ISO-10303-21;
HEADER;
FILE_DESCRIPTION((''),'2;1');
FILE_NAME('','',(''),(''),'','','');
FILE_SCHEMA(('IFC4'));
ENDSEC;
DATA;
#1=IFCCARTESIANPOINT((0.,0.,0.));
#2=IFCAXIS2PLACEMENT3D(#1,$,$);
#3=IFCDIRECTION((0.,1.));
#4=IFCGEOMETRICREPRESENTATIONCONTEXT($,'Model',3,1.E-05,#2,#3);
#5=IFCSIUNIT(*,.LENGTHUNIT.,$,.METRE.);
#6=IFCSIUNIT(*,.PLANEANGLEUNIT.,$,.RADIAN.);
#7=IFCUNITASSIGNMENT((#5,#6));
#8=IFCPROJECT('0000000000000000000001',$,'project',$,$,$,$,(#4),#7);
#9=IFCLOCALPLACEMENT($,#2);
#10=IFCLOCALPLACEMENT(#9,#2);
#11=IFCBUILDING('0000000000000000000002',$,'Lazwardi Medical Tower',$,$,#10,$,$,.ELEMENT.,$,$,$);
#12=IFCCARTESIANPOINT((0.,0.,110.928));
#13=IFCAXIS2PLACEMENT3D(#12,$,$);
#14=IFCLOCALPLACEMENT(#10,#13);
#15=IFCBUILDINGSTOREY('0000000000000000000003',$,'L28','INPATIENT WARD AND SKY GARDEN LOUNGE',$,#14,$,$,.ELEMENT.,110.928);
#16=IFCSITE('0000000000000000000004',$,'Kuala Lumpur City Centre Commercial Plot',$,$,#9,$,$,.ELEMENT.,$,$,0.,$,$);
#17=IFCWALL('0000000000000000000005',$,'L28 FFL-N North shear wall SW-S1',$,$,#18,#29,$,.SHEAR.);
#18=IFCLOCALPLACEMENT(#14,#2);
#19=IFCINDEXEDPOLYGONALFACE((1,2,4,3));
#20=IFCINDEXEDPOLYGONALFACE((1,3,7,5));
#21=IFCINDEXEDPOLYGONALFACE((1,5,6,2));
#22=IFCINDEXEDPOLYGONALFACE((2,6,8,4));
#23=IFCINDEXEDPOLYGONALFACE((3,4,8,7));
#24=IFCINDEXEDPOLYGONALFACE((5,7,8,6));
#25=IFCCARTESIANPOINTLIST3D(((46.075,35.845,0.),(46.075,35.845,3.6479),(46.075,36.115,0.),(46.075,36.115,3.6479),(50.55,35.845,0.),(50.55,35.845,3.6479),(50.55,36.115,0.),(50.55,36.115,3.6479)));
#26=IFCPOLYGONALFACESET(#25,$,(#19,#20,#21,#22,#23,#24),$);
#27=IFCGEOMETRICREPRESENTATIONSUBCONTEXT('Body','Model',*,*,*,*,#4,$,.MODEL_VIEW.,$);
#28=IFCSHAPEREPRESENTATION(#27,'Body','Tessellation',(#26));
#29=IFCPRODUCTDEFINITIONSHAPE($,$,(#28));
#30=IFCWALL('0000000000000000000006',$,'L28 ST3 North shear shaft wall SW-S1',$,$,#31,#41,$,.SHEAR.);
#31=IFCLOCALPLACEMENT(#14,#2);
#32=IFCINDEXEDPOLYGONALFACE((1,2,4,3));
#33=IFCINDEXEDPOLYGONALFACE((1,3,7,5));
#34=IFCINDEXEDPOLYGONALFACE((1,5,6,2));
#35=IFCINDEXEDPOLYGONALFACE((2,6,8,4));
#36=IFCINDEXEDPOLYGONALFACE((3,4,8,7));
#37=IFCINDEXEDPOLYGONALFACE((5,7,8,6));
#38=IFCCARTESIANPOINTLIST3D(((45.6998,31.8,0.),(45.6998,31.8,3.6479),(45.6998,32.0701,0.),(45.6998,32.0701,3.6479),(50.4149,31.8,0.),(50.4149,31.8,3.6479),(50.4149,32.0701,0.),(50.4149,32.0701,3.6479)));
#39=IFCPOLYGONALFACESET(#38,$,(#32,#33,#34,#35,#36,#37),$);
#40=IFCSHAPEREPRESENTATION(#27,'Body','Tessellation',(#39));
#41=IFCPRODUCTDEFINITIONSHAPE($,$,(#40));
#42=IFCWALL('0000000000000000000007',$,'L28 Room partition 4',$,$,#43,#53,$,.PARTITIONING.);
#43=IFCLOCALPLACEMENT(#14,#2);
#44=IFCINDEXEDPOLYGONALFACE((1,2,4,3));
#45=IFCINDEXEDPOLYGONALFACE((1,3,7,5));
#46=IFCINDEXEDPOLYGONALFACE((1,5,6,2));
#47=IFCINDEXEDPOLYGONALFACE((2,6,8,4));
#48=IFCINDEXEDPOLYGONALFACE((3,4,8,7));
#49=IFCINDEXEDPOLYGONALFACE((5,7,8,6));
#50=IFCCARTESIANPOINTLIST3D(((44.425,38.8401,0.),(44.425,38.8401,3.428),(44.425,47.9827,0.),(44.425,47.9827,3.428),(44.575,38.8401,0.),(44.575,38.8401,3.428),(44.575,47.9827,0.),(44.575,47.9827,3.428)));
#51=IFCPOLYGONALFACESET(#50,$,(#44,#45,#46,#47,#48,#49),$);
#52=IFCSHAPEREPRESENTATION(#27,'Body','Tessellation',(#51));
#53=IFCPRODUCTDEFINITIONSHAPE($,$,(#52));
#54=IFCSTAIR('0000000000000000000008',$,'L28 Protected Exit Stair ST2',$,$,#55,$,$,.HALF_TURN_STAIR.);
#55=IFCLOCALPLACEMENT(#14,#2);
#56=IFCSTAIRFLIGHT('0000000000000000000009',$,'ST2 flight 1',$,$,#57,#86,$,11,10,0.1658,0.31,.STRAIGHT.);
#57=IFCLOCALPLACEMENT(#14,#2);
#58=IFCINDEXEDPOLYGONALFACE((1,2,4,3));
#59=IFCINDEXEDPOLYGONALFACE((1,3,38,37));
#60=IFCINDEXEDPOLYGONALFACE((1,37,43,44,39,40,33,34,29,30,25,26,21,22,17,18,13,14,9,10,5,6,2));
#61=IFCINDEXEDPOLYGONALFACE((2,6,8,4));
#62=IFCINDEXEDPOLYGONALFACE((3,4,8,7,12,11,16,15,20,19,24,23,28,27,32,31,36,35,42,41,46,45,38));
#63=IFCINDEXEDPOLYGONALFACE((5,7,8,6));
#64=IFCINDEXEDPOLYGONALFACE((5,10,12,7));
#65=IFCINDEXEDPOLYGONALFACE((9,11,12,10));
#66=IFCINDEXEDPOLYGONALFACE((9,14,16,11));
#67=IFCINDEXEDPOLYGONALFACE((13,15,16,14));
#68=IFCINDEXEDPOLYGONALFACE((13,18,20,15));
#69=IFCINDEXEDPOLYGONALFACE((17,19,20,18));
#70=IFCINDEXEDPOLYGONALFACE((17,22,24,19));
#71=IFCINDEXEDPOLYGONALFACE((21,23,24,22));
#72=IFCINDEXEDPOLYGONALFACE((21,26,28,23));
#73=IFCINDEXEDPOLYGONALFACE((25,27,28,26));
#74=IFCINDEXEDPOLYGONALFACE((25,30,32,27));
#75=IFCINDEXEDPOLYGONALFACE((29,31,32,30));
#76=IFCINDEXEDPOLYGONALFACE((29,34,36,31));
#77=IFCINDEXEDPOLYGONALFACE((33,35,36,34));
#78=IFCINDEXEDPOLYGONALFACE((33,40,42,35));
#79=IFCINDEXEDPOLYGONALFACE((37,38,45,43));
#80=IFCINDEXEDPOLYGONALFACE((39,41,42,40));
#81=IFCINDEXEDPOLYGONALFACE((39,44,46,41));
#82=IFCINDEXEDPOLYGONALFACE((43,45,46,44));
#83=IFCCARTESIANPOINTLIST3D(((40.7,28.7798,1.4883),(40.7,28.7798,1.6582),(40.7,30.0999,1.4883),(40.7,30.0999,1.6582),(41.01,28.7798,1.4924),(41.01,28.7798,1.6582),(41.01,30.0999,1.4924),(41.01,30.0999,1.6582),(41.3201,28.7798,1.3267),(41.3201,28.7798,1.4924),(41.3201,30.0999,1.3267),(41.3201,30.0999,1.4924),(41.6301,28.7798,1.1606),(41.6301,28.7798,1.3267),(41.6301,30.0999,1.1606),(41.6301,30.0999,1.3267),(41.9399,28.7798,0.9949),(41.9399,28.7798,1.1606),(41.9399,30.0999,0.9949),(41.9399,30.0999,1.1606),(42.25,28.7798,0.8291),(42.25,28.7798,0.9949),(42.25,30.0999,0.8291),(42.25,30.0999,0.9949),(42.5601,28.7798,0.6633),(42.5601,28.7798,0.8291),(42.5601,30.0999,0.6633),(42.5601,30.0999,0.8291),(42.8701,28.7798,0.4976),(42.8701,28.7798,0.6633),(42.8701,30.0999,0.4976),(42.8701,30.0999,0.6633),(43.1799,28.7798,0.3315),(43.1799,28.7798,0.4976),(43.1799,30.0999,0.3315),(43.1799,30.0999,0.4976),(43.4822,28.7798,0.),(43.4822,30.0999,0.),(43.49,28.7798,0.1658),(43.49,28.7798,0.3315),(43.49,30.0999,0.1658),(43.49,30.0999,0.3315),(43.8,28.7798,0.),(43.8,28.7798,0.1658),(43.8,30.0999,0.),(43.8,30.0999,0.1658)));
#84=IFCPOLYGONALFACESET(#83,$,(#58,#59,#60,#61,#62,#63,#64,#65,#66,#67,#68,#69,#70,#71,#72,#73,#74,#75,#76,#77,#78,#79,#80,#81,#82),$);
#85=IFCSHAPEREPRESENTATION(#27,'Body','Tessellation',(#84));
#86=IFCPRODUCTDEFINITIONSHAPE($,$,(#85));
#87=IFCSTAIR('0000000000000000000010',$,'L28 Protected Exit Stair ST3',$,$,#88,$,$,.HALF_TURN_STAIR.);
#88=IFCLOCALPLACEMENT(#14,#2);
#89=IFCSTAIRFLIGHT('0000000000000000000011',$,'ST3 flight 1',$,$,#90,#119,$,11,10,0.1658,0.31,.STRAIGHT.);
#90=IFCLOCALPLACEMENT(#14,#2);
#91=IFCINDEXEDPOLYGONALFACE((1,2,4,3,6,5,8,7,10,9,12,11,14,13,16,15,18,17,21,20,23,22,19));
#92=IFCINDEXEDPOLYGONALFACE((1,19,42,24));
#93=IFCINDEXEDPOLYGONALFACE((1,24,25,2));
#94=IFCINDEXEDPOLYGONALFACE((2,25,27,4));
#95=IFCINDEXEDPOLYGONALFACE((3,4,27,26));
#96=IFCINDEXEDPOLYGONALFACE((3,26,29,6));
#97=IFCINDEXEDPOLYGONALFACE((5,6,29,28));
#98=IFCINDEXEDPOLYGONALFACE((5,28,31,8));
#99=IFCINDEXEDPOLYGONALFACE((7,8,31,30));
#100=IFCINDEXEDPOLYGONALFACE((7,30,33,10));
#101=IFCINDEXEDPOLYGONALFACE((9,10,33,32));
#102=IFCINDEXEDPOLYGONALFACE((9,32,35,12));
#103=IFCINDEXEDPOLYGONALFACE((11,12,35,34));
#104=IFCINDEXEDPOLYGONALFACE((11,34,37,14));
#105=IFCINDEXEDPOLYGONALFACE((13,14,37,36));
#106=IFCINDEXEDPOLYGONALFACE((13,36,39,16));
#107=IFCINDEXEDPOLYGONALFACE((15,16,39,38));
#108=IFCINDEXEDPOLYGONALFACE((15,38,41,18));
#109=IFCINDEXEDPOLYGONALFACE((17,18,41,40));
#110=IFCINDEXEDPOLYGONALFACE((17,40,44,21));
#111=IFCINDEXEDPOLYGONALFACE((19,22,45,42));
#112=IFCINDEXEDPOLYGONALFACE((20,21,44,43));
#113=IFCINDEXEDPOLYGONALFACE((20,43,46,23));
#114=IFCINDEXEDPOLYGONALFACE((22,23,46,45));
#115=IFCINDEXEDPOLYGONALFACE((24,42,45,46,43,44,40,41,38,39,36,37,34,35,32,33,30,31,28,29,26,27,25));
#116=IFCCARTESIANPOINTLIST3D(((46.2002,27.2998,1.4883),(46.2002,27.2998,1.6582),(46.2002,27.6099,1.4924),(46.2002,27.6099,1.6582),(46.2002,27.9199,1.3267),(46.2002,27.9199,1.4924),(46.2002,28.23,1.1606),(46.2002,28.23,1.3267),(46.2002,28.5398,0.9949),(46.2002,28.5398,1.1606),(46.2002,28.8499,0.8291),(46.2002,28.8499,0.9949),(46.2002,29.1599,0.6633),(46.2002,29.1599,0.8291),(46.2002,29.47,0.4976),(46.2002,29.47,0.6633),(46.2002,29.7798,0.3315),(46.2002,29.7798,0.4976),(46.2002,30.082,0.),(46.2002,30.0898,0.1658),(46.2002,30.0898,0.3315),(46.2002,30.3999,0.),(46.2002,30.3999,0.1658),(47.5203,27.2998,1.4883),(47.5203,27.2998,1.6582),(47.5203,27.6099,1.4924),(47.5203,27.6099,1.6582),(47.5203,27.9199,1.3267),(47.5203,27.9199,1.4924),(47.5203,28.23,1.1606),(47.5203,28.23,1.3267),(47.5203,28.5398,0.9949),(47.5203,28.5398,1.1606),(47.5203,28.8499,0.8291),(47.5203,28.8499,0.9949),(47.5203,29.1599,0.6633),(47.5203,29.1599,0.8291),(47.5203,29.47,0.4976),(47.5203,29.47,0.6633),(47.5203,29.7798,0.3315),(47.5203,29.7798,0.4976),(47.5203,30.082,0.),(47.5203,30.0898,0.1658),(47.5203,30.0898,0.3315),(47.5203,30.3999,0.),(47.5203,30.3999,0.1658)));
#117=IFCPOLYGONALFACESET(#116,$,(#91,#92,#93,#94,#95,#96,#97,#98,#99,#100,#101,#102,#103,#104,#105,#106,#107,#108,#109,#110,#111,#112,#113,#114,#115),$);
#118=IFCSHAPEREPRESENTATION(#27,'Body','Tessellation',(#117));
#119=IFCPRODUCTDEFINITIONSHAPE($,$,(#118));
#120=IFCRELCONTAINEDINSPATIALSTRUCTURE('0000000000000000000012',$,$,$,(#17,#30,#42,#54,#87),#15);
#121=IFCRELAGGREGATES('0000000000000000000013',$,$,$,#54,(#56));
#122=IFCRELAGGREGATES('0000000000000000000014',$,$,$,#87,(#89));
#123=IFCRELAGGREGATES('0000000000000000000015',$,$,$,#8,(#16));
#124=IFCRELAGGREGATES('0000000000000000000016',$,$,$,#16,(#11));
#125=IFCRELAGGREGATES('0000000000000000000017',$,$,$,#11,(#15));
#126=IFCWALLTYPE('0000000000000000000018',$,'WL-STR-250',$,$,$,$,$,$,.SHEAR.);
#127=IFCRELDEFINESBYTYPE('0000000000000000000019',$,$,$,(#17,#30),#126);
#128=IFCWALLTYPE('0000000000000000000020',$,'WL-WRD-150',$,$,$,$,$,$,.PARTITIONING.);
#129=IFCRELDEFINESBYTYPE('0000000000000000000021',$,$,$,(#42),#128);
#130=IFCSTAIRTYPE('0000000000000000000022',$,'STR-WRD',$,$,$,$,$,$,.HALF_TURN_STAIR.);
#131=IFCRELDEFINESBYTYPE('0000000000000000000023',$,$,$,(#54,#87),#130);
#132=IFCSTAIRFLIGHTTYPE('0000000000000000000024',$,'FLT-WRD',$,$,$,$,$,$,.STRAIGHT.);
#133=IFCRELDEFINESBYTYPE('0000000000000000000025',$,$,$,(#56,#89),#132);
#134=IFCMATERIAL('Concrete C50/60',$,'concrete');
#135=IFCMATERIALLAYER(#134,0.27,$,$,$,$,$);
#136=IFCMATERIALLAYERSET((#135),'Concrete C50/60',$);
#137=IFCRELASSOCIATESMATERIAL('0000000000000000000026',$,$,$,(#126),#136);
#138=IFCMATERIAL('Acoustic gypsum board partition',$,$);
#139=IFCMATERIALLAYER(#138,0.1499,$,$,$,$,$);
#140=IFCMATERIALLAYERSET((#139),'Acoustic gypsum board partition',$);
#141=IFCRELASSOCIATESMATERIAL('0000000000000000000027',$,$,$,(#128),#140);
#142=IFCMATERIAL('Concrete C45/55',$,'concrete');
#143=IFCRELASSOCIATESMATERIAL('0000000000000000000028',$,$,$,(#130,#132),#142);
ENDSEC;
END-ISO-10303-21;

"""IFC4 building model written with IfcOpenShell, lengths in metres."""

from ifc_helpers import new_model, si_unit, direction, frame, frame_2d, origin, place, context, subcontext, project, spatial, polyline, rectangle, outline, extrude, material, layer, layer_set, type_object, element, aggregate, save


model = new_model("IFC4")

# Units and contexts
model_context = context("Model", 3, precision=1e-05, world=origin(), true_north=direction((0.0, 1.0)))
body_context = subcontext(model_context, "Body", "Model", "MODEL_VIEW")
ifc_project = project(units=[si_unit("LENGTHUNIT", "METRE"), si_unit("PLANEANGLEUNIT", "RADIAN")], contexts=[model_context])

# Site, building, storey
site_placement = place(None, origin())
site = spatial("IfcSite", under=ifc_project, at=site_placement, Name="Kuala Lumpur City Centre Commercial Plot", CompositionType="ELEMENT", RefElevation=0.0)
building_placement = place(site_placement, origin())
building = spatial("IfcBuilding", under=site, at=building_placement, Name="Lazwardi Medical Tower", CompositionType="ELEMENT")
storey_placement = place(building_placement, frame((0.0, 0.0, 110.928)))
storey = spatial("IfcBuildingStorey", under=building, at=storey_placement, Name="L28", Description="INPATIENT WARD AND SKY GARDEN LOUNGE", CompositionType="ELEMENT", Elevation=110.928)

# Shared definitions
ifc_material_1 = material(Name="Concrete C50/60", Category="concrete")
ifc_layer_1 = layer(ifc_material_1, 0.27)
ifc_layer_set_1 = layer_set([ifc_layer_1], Name="Concrete C50/60")
wall_type_1 = type_object("IfcWallType", Name="WL-STR-250", PredefinedType="SHEAR", material=ifc_layer_set_1)

# Walls
wall_1_placement = place(storey_placement, frame((46.075, 35.98, 0.0), z_axis=(0.0, 0.0, 1.0), x_axis=(1.0, 0.0, 0.0)))
element("IfcWall", 1, at=wall_1_placement, inside=storey, type_object=wall_type_1, Name="L28 FFL-N North shear wall SW-S1", PredefinedType="SHEAR", context=body_context, shape_type="SweptSolid", body=[
    extrude(rectangle(XDim=4.4751, YDim=0.27, at=frame_2d((2.2375, 0.0))), origin(), (0.0, 0.0, 1.0), 3.6479),
])
wall_2_placement = place(storey_placement, frame((45.7, 31.9351, 0.0), z_axis=(0.0, 0.0, 1.0), x_axis=(1.0, 0.0, 0.0)))
element("IfcWall", 2, at=wall_2_placement, inside=storey, type_object=wall_type_1, Name="L28 ST3 North shear shaft wall SW-S1", PredefinedType="SHEAR", context=body_context, shape_type="SweptSolid", body=[
    extrude(rectangle(XDim=4.7151, YDim=0.27, at=frame_2d((2.3574, 0.0))), origin(), (0.0, 0.0, 1.0), 3.6479),
])
ifc_material_2 = material(Name="Acoustic gypsum board partition")
ifc_layer_2 = layer(ifc_material_2, 0.1499)
ifc_layer_set_2 = layer_set([ifc_layer_2], Name="Acoustic gypsum board partition")
wall_type_2 = type_object("IfcWallType", Name="WL-WRD-150", PredefinedType="PARTITIONING", material=ifc_layer_set_2)
wall_3_placement = place(storey_placement, frame((44.5, 38.8401, 0.0), z_axis=(0.0, 0.0, 1.0), x_axis=(0.0, 1.0, 0.0)))
element("IfcWall", 3, at=wall_3_placement, inside=storey, type_object=wall_type_2, Name="L28 Room partition 4", PredefinedType="PARTITIONING", context=body_context, shape_type="SweptSolid", body=[
    extrude(rectangle(XDim=9.1426, YDim=0.1499, at=frame_2d((4.5713, 0.0))), origin(), (0.0, 0.0, 1.0), 3.428),
])

# Stairs, stair flights
ifc_material_3 = material(Name="Concrete C45/55", Category="concrete")
stair_type = type_object("IfcStairType", Name="STR-WRD", PredefinedType="HALF_TURN_STAIR", material=ifc_material_3)
stair_1_placement = place(storey_placement, origin())
stair_1 = element("IfcStair", 4, at=stair_1_placement, inside=storey, type_object=stair_type, Name="L28 Protected Exit Stair ST2", PredefinedType="HALF_TURN_STAIR")
stair_flight_type = type_object("IfcStairFlightType", Name="FLT-WRD", PredefinedType="STRAIGHT", material=ifc_material_3)
stair_flight_1_placement = place(storey_placement, frame((43.8, 29.4399, 0.0), z_axis=(0.0, 0.0, 1.0), x_axis=(-1.0, 0.0, 0.0)))
stair_flight_1 = element("IfcStairFlight", 5, at=stair_flight_1_placement, type_object=stair_flight_type, Name="ST2 flight 1", NumberOfRisers=11, NumberOfTreads=10, PredefinedType="STRAIGHT", RiserHeight=0.1658, TreadLength=0.31, context=body_context, shape_type="SweptSolid", body=[
    extrude(outline(polyline([(0.0, 0.0), (0.0, 0.1658), (0.3101, 0.1658), (0.3101, 0.3315), (0.6201, 0.3315), (0.6201, 0.4976), (0.9299, 0.4976), (0.9299, 0.6633), (1.24, 0.6633), (1.24, 0.8291), (1.55, 0.8291), (1.55, 0.9949), (1.8601, 0.9949), (1.8601, 1.1606), (2.1699, 1.1606), (2.1699, 1.3267), (2.48, 1.3267), (2.48, 1.4924), (2.79, 1.4924), (2.79, 1.6582), (3.1001, 1.6582), (3.1001, 1.824), (3.1001, 1.4883), (0.3179, 0.0), (0.0, 0.0)])), frame((0.0, 0.6602, 0.0), z_axis=(0.0, -1.0, 0.0), x_axis=(1.0, 0.0, 0.0)), (0.0, 0.0, 1.0), 1.3201),
])
aggregate(stair_1, [stair_flight_1])
stair_2_placement = place(storey_placement, origin())
stair_2 = element("IfcStair", 6, at=stair_2_placement, inside=storey, type_object=stair_type, Name="L28 Protected Exit Stair ST3", PredefinedType="HALF_TURN_STAIR")
stair_flight_2_placement = place(storey_placement, frame((46.8601, 30.3999, 0.0), z_axis=(0.0, 0.0, 1.0), x_axis=(0.0, -1.0, 0.0)))
stair_flight_2 = element("IfcStairFlight", 7, at=stair_flight_2_placement, type_object=stair_flight_type, Name="ST3 flight 1", NumberOfRisers=11, NumberOfTreads=10, PredefinedType="STRAIGHT", RiserHeight=0.1658, TreadLength=0.31, context=body_context, shape_type="SweptSolid", body=[
    extrude(outline(polyline([(0.0, 0.0), (0.0, 0.1658), (0.3101, 0.1658), (0.3101, 0.3315), (0.6201, 0.3315), (0.6201, 0.4976), (0.9299, 0.4976), (0.9299, 0.6633), (1.24, 0.6633), (1.24, 0.8291), (1.55, 0.8291), (1.55, 0.9949), (1.8601, 0.9949), (1.8601, 1.1606), (2.1699, 1.1606), (2.1699, 1.3267), (2.48, 1.3267), (2.48, 1.4924), (2.79, 1.4924), (2.79, 1.6582), (3.1001, 1.6582), (3.1001, 1.824), (3.1001, 1.4883), (0.3179, 0.0), (0.0, 0.0)])), frame((0.0, 0.6602, 0.0), z_axis=(0.0, -1.0, 0.0), x_axis=(1.0, 0.0, 0.0)), (0.0, 0.0, 1.0), 1.3201),
])
aggregate(stair_2, [stair_flight_2])

save(model, "model.ifc")
